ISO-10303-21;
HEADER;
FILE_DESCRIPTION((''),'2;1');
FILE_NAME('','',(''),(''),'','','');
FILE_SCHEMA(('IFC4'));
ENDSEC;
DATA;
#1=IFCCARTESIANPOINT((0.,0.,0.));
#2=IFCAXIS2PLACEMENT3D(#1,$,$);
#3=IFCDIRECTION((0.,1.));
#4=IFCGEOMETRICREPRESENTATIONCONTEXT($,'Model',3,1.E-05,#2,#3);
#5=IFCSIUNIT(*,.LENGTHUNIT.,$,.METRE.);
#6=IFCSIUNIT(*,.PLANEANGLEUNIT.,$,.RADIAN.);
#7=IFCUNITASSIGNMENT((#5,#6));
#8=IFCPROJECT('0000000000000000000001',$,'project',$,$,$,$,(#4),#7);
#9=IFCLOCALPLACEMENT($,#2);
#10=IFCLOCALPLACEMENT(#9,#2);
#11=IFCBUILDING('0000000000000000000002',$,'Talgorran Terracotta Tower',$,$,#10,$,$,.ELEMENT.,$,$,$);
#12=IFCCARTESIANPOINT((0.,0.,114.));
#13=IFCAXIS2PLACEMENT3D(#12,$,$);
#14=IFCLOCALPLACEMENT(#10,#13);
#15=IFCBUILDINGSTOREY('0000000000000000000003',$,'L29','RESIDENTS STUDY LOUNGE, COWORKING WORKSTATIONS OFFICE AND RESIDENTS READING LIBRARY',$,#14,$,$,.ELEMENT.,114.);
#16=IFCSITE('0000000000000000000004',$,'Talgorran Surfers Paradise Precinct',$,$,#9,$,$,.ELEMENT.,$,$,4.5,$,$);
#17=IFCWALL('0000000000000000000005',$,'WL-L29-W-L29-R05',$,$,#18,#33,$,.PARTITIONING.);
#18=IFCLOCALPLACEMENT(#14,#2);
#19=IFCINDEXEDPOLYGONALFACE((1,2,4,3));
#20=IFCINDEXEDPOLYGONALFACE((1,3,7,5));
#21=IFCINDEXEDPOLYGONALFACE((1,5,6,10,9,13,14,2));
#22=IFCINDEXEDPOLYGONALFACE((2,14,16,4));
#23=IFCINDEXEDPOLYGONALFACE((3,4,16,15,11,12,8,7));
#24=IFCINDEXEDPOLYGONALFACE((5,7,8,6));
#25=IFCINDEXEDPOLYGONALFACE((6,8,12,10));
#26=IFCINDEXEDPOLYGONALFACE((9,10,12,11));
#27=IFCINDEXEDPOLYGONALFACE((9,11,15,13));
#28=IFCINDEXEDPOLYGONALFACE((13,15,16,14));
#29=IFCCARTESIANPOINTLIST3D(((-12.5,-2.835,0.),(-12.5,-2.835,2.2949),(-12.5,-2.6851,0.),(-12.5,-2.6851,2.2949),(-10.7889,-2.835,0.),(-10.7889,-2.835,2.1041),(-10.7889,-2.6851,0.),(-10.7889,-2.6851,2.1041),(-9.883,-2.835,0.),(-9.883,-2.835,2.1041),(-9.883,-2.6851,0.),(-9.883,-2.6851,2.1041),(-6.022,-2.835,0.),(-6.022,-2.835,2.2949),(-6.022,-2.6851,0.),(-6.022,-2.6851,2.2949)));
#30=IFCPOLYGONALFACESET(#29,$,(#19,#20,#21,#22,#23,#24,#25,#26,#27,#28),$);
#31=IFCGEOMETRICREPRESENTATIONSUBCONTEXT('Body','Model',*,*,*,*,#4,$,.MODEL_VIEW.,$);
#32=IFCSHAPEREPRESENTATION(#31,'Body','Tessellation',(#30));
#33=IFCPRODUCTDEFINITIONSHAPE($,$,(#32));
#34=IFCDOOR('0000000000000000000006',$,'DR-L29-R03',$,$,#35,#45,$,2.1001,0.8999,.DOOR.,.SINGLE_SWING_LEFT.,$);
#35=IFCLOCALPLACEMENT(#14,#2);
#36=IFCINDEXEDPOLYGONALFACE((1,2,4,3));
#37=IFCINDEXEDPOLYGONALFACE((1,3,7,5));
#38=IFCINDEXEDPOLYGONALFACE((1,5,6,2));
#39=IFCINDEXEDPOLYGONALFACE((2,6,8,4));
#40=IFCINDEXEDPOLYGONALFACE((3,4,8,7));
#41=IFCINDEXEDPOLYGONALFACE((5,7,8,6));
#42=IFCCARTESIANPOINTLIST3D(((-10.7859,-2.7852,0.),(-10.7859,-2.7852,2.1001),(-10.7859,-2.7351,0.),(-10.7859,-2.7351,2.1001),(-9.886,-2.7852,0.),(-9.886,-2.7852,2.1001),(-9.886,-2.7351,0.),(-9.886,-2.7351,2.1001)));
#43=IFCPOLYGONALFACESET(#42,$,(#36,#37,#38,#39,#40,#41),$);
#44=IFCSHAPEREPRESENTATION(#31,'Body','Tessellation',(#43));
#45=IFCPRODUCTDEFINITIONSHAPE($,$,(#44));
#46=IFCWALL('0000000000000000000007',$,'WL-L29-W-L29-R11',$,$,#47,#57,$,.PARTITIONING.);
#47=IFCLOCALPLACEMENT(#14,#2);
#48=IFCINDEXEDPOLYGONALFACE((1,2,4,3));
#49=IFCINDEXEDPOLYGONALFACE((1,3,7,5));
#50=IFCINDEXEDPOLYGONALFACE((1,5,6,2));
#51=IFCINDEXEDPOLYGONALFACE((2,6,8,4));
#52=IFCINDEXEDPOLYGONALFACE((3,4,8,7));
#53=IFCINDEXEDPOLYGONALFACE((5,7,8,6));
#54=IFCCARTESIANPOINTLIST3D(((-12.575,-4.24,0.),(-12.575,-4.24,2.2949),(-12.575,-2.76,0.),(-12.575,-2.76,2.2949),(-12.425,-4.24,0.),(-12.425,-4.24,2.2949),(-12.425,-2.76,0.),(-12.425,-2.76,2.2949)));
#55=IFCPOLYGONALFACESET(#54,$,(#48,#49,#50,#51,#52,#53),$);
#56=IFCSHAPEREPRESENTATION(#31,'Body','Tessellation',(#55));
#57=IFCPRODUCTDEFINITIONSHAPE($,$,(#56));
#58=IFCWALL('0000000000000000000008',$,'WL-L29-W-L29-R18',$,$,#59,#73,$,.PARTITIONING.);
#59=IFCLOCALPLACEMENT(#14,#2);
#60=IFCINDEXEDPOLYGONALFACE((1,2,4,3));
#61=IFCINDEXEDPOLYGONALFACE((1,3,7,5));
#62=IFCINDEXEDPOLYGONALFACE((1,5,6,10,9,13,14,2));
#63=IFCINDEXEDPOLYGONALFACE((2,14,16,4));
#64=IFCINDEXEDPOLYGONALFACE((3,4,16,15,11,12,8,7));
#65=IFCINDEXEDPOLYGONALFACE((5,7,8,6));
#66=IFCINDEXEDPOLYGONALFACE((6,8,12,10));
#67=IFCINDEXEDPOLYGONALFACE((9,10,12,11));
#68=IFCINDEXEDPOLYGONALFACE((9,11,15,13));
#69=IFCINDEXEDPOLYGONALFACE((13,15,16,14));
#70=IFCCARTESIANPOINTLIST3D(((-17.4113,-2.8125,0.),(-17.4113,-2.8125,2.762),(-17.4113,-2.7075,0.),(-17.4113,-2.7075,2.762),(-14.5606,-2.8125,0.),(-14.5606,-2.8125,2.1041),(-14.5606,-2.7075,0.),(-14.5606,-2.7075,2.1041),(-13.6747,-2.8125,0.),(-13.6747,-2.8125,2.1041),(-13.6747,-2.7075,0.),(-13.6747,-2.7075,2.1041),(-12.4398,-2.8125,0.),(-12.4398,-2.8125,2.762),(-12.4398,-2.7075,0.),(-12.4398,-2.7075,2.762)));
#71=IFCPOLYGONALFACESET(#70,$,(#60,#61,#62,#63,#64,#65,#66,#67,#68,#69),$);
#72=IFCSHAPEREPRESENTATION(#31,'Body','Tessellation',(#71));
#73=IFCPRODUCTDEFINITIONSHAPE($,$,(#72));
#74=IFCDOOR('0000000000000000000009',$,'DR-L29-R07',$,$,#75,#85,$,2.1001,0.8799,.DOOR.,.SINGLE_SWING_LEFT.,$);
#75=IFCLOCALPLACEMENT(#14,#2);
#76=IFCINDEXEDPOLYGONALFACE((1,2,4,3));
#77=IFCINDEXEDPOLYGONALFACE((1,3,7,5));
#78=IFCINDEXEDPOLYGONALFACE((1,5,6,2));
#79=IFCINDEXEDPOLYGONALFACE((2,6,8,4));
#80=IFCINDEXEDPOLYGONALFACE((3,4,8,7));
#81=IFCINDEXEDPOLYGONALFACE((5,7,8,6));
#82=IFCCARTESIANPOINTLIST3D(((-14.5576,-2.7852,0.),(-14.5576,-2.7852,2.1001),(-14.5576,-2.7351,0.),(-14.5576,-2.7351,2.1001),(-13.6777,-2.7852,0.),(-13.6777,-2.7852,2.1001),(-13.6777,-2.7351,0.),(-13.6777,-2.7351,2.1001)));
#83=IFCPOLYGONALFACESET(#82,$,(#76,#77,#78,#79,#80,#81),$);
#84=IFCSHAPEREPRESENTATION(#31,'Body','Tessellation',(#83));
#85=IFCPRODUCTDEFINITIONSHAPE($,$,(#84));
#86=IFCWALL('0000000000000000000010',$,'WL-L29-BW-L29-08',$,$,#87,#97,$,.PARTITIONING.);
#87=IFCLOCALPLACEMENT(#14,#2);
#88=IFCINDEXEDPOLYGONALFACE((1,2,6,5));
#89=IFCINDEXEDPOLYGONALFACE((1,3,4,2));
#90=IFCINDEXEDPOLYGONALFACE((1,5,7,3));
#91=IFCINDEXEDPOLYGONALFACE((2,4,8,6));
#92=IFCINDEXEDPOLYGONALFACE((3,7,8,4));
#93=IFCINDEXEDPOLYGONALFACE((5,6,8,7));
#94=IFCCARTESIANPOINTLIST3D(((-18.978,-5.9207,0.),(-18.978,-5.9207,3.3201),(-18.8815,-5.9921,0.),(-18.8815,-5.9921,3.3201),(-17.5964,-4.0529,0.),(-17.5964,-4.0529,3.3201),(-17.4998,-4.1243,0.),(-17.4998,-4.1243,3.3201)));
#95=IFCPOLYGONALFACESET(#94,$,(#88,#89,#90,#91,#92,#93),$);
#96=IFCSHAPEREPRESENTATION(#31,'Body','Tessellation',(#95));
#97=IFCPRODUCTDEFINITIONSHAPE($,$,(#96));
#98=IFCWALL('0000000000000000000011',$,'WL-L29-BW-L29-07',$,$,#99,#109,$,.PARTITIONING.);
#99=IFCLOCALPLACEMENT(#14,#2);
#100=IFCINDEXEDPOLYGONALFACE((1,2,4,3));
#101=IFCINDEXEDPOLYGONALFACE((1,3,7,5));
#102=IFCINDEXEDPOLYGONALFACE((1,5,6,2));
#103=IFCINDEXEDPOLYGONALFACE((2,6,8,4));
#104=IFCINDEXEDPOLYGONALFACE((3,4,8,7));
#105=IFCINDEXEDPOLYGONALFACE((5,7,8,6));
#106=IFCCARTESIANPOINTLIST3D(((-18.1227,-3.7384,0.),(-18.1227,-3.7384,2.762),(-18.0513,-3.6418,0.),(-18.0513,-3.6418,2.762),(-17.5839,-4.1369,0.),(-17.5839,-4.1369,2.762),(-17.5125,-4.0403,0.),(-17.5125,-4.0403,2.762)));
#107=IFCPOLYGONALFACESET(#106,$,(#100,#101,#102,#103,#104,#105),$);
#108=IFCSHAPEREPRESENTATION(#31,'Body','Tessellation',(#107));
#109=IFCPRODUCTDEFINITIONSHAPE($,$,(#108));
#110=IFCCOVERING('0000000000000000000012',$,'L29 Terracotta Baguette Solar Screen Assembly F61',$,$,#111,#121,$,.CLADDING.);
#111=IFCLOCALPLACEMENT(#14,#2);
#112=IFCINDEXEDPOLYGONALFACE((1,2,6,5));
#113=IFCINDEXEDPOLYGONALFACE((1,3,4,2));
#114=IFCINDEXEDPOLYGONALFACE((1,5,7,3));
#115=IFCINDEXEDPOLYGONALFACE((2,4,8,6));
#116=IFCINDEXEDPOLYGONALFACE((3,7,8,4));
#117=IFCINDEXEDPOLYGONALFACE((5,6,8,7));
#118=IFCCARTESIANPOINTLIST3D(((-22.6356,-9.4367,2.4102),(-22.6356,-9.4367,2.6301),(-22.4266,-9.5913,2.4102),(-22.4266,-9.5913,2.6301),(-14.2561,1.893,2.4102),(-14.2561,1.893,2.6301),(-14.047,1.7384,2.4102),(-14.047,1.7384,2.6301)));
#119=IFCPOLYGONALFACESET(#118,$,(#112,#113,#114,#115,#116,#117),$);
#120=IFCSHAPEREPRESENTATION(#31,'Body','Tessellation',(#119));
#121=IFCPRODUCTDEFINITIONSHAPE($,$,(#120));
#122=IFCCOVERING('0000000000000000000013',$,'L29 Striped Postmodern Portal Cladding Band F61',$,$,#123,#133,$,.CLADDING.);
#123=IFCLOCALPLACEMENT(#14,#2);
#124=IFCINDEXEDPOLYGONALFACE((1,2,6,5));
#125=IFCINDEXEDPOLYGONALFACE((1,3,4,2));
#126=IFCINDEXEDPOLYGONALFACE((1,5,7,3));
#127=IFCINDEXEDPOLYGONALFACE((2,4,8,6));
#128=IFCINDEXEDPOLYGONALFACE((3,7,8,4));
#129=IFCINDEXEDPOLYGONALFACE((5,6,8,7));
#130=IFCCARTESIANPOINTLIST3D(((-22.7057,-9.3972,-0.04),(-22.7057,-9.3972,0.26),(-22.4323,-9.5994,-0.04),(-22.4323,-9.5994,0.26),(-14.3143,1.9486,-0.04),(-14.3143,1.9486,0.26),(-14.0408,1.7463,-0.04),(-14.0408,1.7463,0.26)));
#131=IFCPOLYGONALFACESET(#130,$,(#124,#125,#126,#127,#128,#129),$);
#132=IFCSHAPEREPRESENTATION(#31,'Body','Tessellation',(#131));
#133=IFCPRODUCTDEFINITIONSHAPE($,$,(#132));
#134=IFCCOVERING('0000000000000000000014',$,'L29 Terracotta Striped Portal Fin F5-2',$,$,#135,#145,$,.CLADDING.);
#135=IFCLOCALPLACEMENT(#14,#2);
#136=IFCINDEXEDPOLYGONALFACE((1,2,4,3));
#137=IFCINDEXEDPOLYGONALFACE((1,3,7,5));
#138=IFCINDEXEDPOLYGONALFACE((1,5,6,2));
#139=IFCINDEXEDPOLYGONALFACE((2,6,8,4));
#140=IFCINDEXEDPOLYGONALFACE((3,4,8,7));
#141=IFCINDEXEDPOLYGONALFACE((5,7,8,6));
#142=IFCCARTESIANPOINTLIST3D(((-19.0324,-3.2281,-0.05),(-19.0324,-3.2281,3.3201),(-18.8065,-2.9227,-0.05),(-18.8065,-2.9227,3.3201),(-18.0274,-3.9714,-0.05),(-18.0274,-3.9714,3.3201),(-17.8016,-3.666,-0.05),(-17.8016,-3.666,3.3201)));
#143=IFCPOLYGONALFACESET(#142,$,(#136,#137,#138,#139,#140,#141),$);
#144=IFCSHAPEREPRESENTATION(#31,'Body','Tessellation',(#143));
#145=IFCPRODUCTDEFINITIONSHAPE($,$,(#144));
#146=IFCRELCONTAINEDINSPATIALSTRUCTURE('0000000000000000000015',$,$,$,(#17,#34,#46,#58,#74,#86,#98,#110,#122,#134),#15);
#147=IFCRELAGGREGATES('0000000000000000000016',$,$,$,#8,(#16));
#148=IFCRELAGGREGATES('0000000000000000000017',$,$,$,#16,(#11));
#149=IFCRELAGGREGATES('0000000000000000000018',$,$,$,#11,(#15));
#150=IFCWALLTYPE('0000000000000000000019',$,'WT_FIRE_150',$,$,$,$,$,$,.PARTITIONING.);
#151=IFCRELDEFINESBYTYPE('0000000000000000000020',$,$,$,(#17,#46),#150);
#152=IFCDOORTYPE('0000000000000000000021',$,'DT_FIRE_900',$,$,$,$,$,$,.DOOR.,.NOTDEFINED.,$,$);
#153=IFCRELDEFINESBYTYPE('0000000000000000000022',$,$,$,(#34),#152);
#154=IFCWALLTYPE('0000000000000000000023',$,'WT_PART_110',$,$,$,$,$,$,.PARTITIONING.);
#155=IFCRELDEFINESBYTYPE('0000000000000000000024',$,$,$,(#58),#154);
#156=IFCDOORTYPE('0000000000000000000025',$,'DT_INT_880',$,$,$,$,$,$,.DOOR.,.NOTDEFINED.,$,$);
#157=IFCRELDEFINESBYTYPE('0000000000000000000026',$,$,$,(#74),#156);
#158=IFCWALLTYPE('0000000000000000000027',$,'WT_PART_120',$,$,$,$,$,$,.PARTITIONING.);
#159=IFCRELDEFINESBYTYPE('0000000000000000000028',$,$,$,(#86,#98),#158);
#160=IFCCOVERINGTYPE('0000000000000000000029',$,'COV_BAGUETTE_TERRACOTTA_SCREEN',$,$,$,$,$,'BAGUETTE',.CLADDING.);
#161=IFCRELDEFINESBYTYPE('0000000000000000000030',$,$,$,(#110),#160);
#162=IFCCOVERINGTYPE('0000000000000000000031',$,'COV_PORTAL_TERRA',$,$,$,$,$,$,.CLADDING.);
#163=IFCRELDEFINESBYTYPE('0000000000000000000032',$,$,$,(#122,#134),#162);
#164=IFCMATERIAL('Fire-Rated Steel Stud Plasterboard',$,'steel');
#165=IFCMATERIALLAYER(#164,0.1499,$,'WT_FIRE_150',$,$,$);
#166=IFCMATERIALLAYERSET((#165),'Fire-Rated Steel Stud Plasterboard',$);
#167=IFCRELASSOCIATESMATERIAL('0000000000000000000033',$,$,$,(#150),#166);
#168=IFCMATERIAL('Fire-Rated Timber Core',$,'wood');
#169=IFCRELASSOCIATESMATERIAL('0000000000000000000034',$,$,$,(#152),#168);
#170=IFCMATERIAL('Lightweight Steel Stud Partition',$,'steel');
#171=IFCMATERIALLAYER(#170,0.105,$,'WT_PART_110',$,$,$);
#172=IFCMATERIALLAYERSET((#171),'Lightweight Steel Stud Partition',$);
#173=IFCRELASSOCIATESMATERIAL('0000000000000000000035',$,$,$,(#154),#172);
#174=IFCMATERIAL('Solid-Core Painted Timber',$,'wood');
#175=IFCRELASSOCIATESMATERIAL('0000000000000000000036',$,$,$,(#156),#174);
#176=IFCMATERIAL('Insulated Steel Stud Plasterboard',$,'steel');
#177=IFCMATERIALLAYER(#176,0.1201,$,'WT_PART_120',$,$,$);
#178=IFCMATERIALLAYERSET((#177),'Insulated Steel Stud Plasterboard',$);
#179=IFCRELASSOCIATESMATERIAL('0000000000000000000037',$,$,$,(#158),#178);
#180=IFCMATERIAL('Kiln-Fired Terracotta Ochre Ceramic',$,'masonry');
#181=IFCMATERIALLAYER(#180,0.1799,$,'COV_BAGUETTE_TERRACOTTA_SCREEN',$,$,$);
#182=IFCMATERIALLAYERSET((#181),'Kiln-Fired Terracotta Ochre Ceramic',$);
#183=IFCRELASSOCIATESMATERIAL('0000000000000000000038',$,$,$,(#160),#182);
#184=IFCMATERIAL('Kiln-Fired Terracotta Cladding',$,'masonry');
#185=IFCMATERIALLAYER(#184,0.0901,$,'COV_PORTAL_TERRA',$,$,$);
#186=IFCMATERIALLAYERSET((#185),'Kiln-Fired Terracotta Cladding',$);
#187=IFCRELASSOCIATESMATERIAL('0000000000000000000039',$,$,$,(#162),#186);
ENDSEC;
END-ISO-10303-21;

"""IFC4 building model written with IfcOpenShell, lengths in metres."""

from ifc_helpers import new_model, si_unit, direction, frame, frame_2d, origin, origin_2d, place, context, subcontext, project, spatial, rectangle, extrude, material, layer, layer_set, type_object, element, fill, save


model = new_model("IFC4")

# Units and contexts
model_context = context("Model", 3, precision=1e-05, world=origin(), true_north=direction((0.0, 1.0)))
body_context = subcontext(model_context, "Body", "Model", "MODEL_VIEW")
ifc_project = project(units=[si_unit("LENGTHUNIT", "METRE"), si_unit("PLANEANGLEUNIT", "RADIAN")], contexts=[model_context])

# Site, building, storey
site_placement = place(None, origin())
site = spatial("IfcSite", under=ifc_project, at=site_placement, Name="Talgorran Surfers Paradise Precinct", CompositionType="ELEMENT", RefElevation=4.5)
building_placement = place(site_placement, origin())
building = spatial("IfcBuilding", under=site, at=building_placement, Name="Talgorran Terracotta Tower", CompositionType="ELEMENT")
storey_placement = place(building_placement, frame((0.0, 0.0, 114.0)))
storey = spatial("IfcBuildingStorey", under=building, at=storey_placement, Name="L29", Description="RESIDENTS STUDY LOUNGE, COWORKING WORKSTATIONS OFFICE AND RESIDENTS READING LIBRARY", CompositionType="ELEMENT", Elevation=114.0)

# Wall, opening, door
ifc_material_1 = material(Name="Fire-Rated Steel Stud Plasterboard", Category="steel")
ifc_layer_1 = layer(ifc_material_1, 0.1499, Name="WT_FIRE_150")
ifc_layer_set_1 = layer_set([ifc_layer_1], Name="Fire-Rated Steel Stud Plasterboard")
wall_type_1 = type_object("IfcWallType", Name="WT_FIRE_150", PredefinedType="PARTITIONING", material=ifc_layer_set_1)
wall_1_placement = place(storey_placement, frame((-12.5, -2.76, 0.0), z_axis=(0.0, 0.0, 1.0), x_axis=(1.0, 0.0, 0.0)))
wall_1 = element("IfcWall", 1, at=wall_1_placement, inside=storey, type_object=wall_type_1, Name="WL-L29-W-L29-R05", PredefinedType="PARTITIONING", context=body_context, shape_type="SweptSolid", body=[
    extrude(rectangle(XDim=6.478, YDim=0.1499, at=frame_2d((3.239, 0.0))), origin(), (0.0, 0.0, 1.0), 2.2949),
])
opening_1_placement = place(wall_1_placement, frame((1.7141, 0.0, 0.0)))
opening_1 = element("IfcOpeningElement", 2, at=opening_1_placement, cuts=wall_1, PredefinedType="OPENING", context=body_context, shape_type="SweptSolid", body=[
    extrude(rectangle(XDim=0.9059, YDim=2.1041, at=frame_2d((0.45, 1.052))), frame((0.0, 0.085, 0.0), z_axis=(0.0, -1.0, 0.0), x_axis=(1.0, 0.0, 0.0)), (0.0, 0.0, 1.0), 0.1699),
])
ifc_material_2 = material(Name="Fire-Rated Timber Core", Category="wood")
door_type_1 = type_object("IfcDoorType", Name="DT_FIRE_900", OperationType="NOTDEFINED", PredefinedType="DOOR", material=ifc_material_2)
door_1_placement = place(opening_1_placement, origin())
door_1 = element("IfcDoor", 3, at=door_1_placement, inside=storey, type_object=door_type_1, Name="DR-L29-R03", OperationType="SINGLE_SWING_LEFT", OverallHeight=2.1001, OverallWidth=0.8999, PredefinedType="DOOR", context=body_context, shape_type="SweptSolid", body=[
    extrude(rectangle(XDim=0.8999, YDim=2.1001, at=frame_2d((0.45, 1.05))), frame((0.0, 0.0249, 0.0), z_axis=(0.0, -1.0, 0.0), x_axis=(1.0, 0.0, 0.0)), (0.0, 0.0, 1.0), 0.05),
])
fill(opening_1, door_1)

# Wall
wall_2_placement = place(storey_placement, frame((-12.5, -4.24, 0.0), z_axis=(0.0, 0.0, 1.0), x_axis=(0.0, 1.0, 0.0)))
element("IfcWall", 4, at=wall_2_placement, inside=storey, type_object=wall_type_1, Name="WL-L29-W-L29-R11", PredefinedType="PARTITIONING", context=body_context, shape_type="SweptSolid", body=[
    extrude(rectangle(XDim=1.48, YDim=0.1499, at=frame_2d((0.74, 0.0))), origin(), (0.0, 0.0, 1.0), 2.2949),
])

# Wall, opening, door
ifc_material_3 = material(Name="Lightweight Steel Stud Partition", Category="steel")
ifc_layer_2 = layer(ifc_material_3, 0.105, Name="WT_PART_110")
ifc_layer_set_2 = layer_set([ifc_layer_2], Name="Lightweight Steel Stud Partition")
wall_type_2 = type_object("IfcWallType", Name="WT_PART_110", PredefinedType="PARTITIONING", material=ifc_layer_set_2)
wall_3_placement = place(storey_placement, frame((-17.4114, -2.76, 0.0), z_axis=(0.0, 0.0, 1.0), x_axis=(1.0, 0.0, 0.0)))
wall_3 = element("IfcWall", 5, at=wall_3_placement, inside=storey, type_object=wall_type_2, Name="WL-L29-W-L29-R18", PredefinedType="PARTITIONING", context=body_context, shape_type="SweptSolid", body=[
    extrude(rectangle(XDim=4.9714, YDim=0.105, at=frame_2d((2.4858, 0.0))), origin(), (0.0, 0.0, 1.0), 2.762),
])
opening_2_placement = place(wall_3_placement, frame((2.8538, 0.0, 0.0)))
opening_2 = element("IfcOpeningElement", 6, at=opening_2_placement, cuts=wall_3, PredefinedType="OPENING", context=body_context, shape_type="SweptSolid", body=[
    extrude(rectangle(XDim=0.8859, YDim=2.1041, at=frame_2d((0.4399, 1.052))), frame((0.0, 0.0625, 0.0), z_axis=(0.0, -1.0, 0.0), x_axis=(1.0, 0.0, 0.0)), (0.0, 0.0, 1.0), 0.125),
])
ifc_material_4 = material(Name="Solid-Core Painted Timber", Category="wood")
door_type_2 = type_object("IfcDoorType", Name="DT_INT_880", OperationType="NOTDEFINED", PredefinedType="DOOR", material=ifc_material_4)
door_2_placement = place(opening_2_placement, origin())
door_2 = element("IfcDoor", 7, at=door_2_placement, inside=storey, type_object=door_type_2, Name="DR-L29-R07", OperationType="SINGLE_SWING_LEFT", OverallHeight=2.1001, OverallWidth=0.8799, PredefinedType="DOOR", context=body_context, shape_type="SweptSolid", body=[
    extrude(rectangle(XDim=0.8799, YDim=2.1001, at=frame_2d((0.4399, 1.05))), frame((0.0, 0.0249, 0.0), z_axis=(0.0, -1.0, 0.0), x_axis=(1.0, 0.0, 0.0)), (0.0, 0.0, 1.0), 0.05),
])
fill(opening_2, door_2)

# Walls
ifc_material_5 = material(Name="Insulated Steel Stud Plasterboard", Category="steel")
ifc_layer_3 = layer(ifc_material_5, 0.1201, Name="WT_PART_120")
ifc_layer_set_3 = layer_set([ifc_layer_3], Name="Insulated Steel Stud Plasterboard")
wall_type_3 = type_object("IfcWallType", Name="WT_PART_120", PredefinedType="PARTITIONING", material=ifc_layer_set_3)
wall_4_placement = place(storey_placement, frame((-17.5481, -4.0886, 0.0), z_axis=(0.0, 0.0, 1.0), x_axis=(-0.594707, -0.803942, 0.0)))
element("IfcWall", 8, at=wall_4_placement, inside=storey, type_object=wall_type_3, Name="WL-L29-BW-L29-08", PredefinedType="PARTITIONING", context=body_context, shape_type="SweptSolid", body=[
    extrude(rectangle(XDim=2.3232, YDim=0.1201, at=frame_2d((1.1616, 0.0))), origin(), (0.0, 0.0, 1.0), 3.3201),
])
wall_5_placement = place(storey_placement, frame((-18.0869, -3.6902, 0.0), z_axis=(0.0, 0.0, 1.0), x_axis=(0.804047, -0.594565, 0.0)))
element("IfcWall", 9, at=wall_5_placement, inside=storey, type_object=wall_type_3, Name="WL-L29-BW-L29-07", PredefinedType="PARTITIONING", context=body_context, shape_type="SweptSolid", body=[
    extrude(rectangle(XDim=0.6702, YDim=0.1201, at=frame_2d((0.335, 0.0))), origin(), (0.0, 0.0, 1.0), 2.762),
])

# Coverings
ifc_material_6 = material(Name="Kiln-Fired Terracotta Ochre Ceramic", Category="masonry")
ifc_layer_4 = layer(ifc_material_6, 0.1799, Name="COV_BAGUETTE_TERRACOTTA_SCREEN")
ifc_layer_set_4 = layer_set([ifc_layer_4], Name="Kiln-Fired Terracotta Ochre Ceramic")
covering_type_1 = type_object("IfcCoveringType", Name="COV_BAGUETTE_TERRACOTTA_SCREEN", ElementType="BAGUETTE", PredefinedType="CLADDING", material=ifc_layer_set_4)
covering_1_placement = place(storey_placement, frame((-18.3413, -3.8491, 2.4102), z_axis=(0.0, 0.0, 1.0), x_axis=(-0.59464, -0.803992, 0.0)))
element("IfcCovering", 10, at=covering_1_placement, inside=storey, type_object=covering_type_1, Name="L29 Terracotta Baguette Solar Screen Assembly F61", PredefinedType="CLADDING", context=body_context, shape_type="SweptSolid", body=[
    extrude(rectangle(XDim=14.0918, YDim=0.26, at=origin_2d()), origin(), (0.0, 0.0, 1.0), 0.22),
])
ifc_material_7 = material(Name="Kiln-Fired Terracotta Cladding", Category="masonry")
ifc_layer_5 = layer(ifc_material_7, 0.0901, Name="COV_PORTAL_TERRA")
ifc_layer_set_5 = layer_set([ifc_layer_5], Name="Kiln-Fired Terracotta Cladding")
covering_type_2 = type_object("IfcCoveringType", Name="COV_PORTAL_TERRA", PredefinedType="CLADDING", material=ifc_layer_set_5)
covering_2_placement = place(storey_placement, frame((-18.3733, -3.8254, -0.04), z_axis=(0.0, 0.0, 1.0), x_axis=(-0.59464, -0.803992, 0.0)))
element("IfcCovering", 11, at=covering_2_placement, inside=storey, type_object=covering_type_2, Name="L29 Striped Postmodern Portal Cladding Band F61", PredefinedType="CLADDING", context=body_context, shape_type="SweptSolid", body=[
    extrude(rectangle(XDim=14.1118, YDim=0.3401, at=origin_2d()), origin(), (0.0, 0.0, 1.0), 0.3),
])
covering_3_placement = place(storey_placement, frame((-18.417, -3.447, -0.05), z_axis=(0.0, 0.0, 1.0), x_axis=(-0.59464, -0.803992, 0.0)))
element("IfcCovering", 12, at=covering_3_placement, inside=storey, type_object=covering_type_2, Name="L29 Terracotta Striped Portal Fin F5-2", PredefinedType="CLADDING", context=body_context, shape_type="SweptSolid", body=[
    extrude(rectangle(XDim=0.3799, YDim=1.25, at=origin_2d()), origin(), (0.0, 0.0, 1.0), 3.3701),
])

save(model, "model.ifc")
